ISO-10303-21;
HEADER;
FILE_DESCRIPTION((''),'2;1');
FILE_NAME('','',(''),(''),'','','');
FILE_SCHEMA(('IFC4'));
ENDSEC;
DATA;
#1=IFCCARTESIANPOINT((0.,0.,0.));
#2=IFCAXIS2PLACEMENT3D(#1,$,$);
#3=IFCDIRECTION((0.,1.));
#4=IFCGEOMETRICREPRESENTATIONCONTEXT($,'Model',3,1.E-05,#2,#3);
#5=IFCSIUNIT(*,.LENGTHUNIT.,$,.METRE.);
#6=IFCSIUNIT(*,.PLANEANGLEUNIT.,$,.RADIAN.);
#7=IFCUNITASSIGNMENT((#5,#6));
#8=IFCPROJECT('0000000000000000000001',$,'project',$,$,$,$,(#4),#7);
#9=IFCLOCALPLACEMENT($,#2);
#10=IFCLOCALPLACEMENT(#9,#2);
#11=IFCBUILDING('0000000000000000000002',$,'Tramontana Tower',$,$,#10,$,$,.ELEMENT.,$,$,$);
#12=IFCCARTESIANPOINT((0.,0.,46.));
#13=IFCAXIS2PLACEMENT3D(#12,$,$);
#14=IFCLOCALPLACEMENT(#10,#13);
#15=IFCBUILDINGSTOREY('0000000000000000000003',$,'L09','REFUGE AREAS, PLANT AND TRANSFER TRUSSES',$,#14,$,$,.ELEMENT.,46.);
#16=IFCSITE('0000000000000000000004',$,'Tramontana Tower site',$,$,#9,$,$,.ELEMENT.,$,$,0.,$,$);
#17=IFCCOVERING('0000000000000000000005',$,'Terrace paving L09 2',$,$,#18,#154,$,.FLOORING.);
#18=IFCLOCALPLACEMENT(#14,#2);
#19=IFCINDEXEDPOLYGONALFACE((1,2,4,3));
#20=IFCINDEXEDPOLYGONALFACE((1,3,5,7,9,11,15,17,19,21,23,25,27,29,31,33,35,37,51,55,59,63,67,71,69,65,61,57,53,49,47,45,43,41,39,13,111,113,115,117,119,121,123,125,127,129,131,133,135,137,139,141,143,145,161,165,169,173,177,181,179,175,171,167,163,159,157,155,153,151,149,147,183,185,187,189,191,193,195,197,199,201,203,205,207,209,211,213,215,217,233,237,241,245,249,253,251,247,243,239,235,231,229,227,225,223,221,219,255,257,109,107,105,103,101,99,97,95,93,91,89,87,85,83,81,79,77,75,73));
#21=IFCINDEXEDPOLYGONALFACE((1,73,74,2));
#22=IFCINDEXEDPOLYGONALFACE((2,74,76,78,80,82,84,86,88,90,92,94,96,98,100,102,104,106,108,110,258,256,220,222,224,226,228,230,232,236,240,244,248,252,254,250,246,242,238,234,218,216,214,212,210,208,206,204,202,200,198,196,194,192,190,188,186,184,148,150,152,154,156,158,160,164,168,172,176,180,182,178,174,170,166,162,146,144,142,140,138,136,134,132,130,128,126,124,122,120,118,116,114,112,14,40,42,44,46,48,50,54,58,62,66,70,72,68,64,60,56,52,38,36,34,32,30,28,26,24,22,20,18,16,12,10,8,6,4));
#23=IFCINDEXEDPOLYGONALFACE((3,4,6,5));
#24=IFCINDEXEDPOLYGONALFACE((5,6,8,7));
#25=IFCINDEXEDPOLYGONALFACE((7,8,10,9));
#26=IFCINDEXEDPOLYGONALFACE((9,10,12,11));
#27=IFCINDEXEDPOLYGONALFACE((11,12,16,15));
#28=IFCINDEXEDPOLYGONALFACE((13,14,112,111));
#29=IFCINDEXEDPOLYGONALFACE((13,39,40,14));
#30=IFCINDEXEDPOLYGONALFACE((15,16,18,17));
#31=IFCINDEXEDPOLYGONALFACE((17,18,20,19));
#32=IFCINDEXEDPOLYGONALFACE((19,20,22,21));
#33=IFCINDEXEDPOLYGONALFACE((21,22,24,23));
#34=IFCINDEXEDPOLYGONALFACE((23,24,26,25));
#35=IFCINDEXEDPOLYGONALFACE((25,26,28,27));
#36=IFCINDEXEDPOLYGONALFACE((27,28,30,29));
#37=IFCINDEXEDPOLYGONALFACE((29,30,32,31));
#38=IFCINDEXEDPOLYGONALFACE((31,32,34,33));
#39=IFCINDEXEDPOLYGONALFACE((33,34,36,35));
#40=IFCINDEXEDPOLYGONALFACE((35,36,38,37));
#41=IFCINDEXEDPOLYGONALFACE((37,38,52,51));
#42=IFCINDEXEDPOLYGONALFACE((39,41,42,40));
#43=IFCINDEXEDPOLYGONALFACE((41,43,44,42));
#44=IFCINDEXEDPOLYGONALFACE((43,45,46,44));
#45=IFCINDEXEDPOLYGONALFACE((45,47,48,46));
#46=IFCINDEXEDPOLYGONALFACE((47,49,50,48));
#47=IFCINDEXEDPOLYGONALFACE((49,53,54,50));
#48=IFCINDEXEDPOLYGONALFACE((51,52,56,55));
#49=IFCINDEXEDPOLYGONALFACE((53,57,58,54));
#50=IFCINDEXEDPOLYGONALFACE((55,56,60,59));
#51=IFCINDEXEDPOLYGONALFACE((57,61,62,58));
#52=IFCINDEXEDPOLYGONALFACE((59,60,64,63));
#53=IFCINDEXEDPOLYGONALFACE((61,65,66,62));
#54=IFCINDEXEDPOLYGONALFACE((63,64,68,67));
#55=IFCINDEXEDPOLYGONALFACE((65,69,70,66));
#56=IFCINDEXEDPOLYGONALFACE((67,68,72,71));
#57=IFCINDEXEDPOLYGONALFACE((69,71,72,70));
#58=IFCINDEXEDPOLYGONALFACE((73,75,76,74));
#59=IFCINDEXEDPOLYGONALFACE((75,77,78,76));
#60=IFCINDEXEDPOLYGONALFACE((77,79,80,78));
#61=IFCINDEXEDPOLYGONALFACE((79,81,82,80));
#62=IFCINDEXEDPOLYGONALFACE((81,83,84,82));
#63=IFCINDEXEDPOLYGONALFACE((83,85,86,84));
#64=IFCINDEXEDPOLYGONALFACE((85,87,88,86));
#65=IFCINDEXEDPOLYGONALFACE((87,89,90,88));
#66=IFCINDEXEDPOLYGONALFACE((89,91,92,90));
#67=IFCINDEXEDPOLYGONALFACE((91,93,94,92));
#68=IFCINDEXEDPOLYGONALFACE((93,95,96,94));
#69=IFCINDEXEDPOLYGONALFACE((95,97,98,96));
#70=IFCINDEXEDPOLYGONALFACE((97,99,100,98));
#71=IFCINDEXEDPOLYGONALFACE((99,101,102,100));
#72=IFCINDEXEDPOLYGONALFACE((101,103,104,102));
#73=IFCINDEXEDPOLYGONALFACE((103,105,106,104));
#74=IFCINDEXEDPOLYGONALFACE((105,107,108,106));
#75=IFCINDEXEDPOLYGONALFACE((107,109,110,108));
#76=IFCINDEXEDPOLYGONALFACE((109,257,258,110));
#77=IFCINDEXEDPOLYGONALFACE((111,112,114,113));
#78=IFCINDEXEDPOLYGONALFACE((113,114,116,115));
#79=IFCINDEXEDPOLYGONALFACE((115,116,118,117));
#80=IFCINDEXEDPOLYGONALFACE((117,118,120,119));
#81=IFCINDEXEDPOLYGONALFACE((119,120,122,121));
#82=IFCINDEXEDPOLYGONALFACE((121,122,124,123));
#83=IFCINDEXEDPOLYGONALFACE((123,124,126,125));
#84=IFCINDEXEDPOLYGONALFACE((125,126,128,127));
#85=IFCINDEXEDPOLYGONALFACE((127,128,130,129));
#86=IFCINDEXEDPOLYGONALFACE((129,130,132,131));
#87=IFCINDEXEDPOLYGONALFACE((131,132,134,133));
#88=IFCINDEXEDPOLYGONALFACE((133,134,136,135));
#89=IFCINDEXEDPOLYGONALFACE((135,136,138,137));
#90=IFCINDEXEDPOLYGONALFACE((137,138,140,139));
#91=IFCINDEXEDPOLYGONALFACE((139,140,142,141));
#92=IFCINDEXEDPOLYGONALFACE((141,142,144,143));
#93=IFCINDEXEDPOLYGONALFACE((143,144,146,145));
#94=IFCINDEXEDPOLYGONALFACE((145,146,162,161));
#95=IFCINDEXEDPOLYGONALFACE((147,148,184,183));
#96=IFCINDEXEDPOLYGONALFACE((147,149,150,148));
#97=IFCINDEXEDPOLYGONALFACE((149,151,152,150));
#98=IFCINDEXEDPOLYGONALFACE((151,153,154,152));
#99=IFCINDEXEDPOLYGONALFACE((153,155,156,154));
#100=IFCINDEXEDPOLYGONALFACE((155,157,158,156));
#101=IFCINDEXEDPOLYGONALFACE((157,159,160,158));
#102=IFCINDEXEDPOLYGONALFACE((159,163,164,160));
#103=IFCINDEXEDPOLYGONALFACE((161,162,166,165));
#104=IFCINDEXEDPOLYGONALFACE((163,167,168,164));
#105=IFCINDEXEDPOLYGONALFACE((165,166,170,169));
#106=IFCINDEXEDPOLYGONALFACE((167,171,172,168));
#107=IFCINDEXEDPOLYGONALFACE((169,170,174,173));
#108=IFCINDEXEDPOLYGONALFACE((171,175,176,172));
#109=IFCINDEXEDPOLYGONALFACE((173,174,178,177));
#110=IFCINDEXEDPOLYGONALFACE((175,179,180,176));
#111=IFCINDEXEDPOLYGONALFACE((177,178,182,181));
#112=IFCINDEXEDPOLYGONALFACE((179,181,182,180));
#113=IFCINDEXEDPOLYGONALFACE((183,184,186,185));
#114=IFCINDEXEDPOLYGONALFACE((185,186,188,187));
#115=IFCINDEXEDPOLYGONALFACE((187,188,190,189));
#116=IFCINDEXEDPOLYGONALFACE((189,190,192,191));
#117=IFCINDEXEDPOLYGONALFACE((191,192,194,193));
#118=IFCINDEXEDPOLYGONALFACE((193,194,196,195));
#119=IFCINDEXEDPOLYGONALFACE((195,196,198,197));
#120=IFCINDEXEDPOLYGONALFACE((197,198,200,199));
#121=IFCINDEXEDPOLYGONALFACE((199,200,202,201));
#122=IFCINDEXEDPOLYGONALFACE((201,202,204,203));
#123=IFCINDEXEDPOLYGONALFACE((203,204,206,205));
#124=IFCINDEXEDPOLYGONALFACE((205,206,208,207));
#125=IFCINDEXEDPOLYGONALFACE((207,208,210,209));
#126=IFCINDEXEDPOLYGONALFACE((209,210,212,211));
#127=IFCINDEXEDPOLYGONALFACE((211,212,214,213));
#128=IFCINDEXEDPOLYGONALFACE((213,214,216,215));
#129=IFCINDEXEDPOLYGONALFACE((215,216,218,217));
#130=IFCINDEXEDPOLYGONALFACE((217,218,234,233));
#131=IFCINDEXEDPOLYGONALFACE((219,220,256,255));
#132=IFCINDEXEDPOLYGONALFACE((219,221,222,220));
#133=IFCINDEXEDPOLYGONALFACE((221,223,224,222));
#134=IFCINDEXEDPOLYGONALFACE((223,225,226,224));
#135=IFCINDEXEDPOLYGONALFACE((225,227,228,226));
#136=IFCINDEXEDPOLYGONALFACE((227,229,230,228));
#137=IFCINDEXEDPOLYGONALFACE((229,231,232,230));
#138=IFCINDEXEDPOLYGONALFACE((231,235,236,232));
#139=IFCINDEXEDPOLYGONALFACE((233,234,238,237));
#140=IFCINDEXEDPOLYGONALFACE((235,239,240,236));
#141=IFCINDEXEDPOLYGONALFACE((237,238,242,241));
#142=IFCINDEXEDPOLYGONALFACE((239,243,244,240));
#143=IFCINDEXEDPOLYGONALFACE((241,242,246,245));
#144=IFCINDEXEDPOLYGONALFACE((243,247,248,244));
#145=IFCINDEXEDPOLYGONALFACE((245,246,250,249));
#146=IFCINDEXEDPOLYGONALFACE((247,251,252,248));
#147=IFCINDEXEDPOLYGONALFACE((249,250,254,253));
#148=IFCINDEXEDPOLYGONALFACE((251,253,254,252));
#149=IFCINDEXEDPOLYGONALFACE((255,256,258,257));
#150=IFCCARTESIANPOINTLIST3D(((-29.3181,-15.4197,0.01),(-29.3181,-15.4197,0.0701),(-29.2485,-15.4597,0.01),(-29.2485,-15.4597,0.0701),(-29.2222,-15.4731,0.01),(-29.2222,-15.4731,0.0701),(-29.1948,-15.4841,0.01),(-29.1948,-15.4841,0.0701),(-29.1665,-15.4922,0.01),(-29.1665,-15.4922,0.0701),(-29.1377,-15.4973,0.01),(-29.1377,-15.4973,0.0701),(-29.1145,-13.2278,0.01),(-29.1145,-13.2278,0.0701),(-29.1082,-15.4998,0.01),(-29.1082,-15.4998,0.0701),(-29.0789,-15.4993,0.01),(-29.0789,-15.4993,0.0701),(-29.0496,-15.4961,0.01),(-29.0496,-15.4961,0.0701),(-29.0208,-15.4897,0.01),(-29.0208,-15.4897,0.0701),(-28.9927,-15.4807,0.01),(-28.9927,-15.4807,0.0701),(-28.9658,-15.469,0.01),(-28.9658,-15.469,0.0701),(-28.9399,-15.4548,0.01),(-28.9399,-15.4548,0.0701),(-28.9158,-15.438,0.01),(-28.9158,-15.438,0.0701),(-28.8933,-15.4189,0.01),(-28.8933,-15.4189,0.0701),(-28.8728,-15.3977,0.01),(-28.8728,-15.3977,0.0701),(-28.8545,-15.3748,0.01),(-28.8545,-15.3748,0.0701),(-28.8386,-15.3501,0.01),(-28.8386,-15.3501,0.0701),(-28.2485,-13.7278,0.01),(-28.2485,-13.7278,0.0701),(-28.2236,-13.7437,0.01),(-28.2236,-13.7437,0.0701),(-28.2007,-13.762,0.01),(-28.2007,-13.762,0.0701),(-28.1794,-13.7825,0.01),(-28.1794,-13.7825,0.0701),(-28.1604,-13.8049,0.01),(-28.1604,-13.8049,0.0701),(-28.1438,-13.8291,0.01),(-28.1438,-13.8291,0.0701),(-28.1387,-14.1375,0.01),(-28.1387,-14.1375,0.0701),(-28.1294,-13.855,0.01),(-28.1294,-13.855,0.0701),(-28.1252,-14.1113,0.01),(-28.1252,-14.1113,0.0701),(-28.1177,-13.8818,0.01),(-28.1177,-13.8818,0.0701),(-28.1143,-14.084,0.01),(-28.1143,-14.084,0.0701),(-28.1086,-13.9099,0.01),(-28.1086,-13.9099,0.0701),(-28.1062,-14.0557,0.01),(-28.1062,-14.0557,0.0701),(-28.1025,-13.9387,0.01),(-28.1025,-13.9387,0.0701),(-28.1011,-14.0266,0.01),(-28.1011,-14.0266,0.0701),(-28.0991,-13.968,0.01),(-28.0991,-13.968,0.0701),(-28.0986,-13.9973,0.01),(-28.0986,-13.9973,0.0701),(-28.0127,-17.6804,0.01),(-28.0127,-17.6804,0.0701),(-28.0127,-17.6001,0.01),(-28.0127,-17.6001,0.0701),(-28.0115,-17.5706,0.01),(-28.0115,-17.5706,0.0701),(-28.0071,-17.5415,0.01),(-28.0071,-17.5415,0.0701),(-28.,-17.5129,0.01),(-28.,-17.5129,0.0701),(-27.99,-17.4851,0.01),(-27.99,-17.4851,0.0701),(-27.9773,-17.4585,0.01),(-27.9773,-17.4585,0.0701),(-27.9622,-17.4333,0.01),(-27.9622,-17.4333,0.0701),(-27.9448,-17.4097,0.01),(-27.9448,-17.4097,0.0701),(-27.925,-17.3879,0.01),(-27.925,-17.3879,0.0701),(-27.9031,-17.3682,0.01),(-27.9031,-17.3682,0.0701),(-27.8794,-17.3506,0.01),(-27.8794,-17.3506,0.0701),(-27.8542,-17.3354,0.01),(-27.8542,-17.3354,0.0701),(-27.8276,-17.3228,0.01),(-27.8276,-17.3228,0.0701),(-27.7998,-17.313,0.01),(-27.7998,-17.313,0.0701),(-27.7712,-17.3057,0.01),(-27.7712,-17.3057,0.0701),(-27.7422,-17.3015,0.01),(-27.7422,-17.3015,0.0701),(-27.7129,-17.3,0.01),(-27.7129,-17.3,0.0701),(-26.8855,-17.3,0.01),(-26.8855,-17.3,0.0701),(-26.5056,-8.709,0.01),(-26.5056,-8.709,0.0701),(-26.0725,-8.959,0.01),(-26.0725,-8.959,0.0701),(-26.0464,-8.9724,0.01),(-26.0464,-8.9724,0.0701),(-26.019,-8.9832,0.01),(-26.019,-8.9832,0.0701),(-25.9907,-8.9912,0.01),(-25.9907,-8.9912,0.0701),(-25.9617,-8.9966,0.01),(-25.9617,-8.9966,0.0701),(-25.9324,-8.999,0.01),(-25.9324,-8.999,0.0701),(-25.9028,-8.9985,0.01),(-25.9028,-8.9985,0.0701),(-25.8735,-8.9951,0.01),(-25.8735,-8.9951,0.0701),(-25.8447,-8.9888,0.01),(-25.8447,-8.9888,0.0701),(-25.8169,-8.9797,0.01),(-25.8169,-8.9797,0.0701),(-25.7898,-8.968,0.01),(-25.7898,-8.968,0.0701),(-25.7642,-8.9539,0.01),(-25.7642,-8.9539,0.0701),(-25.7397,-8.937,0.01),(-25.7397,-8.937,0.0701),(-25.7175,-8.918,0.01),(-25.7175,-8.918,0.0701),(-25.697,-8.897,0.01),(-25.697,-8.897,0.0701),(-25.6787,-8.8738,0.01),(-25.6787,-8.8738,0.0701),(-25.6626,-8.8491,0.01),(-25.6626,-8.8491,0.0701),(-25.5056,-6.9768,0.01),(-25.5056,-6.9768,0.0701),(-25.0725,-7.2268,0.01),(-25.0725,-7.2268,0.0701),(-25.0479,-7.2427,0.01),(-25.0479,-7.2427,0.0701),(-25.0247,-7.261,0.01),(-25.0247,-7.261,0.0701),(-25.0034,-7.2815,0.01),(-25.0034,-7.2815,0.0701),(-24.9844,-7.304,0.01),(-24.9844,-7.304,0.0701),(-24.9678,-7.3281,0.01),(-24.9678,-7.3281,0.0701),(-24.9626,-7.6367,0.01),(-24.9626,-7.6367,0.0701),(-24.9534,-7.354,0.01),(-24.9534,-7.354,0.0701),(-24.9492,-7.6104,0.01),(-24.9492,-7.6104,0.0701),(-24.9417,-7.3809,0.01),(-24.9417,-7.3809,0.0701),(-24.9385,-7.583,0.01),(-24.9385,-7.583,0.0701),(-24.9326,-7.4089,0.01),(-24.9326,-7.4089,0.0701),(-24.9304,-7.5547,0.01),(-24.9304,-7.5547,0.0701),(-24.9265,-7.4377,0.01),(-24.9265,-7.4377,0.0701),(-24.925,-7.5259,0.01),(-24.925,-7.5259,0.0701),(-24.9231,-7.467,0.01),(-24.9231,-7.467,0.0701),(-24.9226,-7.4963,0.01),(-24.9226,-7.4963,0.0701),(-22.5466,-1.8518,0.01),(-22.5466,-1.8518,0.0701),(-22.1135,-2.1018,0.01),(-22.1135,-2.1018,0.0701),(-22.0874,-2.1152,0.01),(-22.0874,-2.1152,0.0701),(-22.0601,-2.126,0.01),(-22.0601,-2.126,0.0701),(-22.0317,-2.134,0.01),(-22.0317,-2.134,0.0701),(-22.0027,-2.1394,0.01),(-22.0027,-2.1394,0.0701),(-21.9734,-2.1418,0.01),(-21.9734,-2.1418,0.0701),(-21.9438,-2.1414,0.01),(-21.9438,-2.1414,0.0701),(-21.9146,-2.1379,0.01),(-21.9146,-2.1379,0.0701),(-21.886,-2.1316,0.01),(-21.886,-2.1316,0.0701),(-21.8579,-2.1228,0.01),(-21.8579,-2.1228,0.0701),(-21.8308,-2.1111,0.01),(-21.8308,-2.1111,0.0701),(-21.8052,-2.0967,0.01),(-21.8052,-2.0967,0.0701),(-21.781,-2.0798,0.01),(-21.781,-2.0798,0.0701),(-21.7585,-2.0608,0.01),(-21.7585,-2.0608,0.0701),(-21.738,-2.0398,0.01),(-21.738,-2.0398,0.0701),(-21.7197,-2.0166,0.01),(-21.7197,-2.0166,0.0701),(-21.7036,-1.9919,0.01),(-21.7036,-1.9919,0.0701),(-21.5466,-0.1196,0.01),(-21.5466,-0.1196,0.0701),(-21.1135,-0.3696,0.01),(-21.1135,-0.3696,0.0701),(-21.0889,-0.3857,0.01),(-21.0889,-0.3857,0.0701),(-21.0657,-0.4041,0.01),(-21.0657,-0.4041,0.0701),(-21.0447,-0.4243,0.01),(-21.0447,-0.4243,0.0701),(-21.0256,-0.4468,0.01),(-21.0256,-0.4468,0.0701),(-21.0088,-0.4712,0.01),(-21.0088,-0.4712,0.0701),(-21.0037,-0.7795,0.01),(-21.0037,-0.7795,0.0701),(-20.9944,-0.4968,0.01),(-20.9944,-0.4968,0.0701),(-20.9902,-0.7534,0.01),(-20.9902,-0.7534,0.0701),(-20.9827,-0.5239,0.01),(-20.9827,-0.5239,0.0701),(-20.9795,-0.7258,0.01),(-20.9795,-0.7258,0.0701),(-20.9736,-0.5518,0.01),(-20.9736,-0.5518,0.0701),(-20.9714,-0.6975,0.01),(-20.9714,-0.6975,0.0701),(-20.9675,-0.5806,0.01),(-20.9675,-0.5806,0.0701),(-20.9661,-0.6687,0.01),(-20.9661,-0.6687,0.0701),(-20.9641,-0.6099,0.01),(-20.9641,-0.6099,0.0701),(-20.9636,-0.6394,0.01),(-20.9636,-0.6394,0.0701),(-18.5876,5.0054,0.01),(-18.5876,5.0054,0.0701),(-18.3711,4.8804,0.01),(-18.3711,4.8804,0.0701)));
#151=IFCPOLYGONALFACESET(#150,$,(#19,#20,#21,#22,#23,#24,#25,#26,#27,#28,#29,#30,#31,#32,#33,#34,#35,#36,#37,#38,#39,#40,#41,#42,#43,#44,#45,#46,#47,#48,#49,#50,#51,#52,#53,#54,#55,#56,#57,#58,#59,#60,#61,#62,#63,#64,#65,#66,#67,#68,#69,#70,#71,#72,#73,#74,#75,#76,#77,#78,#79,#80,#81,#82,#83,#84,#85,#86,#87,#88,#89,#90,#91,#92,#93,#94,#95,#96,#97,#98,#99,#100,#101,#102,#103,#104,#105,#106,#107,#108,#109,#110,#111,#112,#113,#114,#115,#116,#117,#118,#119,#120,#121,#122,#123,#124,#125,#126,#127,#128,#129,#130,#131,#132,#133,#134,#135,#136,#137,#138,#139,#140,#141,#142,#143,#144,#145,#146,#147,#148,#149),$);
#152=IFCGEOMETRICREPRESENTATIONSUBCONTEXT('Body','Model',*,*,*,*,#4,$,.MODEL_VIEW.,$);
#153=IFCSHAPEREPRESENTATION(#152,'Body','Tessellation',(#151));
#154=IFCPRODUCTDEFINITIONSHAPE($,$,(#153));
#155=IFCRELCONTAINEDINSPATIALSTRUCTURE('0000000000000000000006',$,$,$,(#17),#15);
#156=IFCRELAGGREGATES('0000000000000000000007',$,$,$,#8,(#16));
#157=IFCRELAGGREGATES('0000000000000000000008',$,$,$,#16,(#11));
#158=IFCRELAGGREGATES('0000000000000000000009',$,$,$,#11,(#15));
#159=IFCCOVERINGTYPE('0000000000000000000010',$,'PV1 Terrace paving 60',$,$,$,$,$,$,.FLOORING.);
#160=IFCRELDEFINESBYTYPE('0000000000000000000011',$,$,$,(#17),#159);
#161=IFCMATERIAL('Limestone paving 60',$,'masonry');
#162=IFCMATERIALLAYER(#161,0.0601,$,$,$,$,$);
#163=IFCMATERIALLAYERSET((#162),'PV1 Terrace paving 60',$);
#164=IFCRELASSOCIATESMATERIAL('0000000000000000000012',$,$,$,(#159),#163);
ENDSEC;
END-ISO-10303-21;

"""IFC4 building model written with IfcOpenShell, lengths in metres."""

from ifc_helpers import new_model, si_unit, direction, frame, origin, place, context, subcontext, project, spatial, polyline, outline, extrude, material, layer, layer_set, type_object, element, save


model = new_model("IFC4")

# Units and contexts
model_context = context("Model", 3, precision=1e-05, world=origin(), true_north=direction((0.0, 1.0)))
body_context = subcontext(model_context, "Body", "Model", "MODEL_VIEW")
ifc_project = project(units=[si_unit("LENGTHUNIT", "METRE"), si_unit("PLANEANGLEUNIT", "RADIAN")], contexts=[model_context])

# Site, building, storey
site_placement = place(None, origin())
site = spatial("IfcSite", under=ifc_project, at=site_placement, Name="Tramontana Tower site", CompositionType="ELEMENT", RefElevation=0.0)
building_placement = place(site_placement, origin())
building = spatial("IfcBuilding", under=site, at=building_placement, Name="Tramontana Tower", CompositionType="ELEMENT")
storey_placement = place(building_placement, frame((0.0, 0.0, 46.0)))
storey = spatial("IfcBuildingStorey", under=building, at=storey_placement, Name="L09", Description="REFUGE AREAS, PLANT AND TRANSFER TRUSSES", CompositionType="ELEMENT", Elevation=46.0)

# Covering
ifc_material_1 = material(Name="Limestone paving 60", Category="masonry")
ifc_layer_1 = layer(ifc_material_1, 0.0601)
ifc_layer_set_1 = layer_set([ifc_layer_1], Name="PV1 Terrace paving 60")
covering_type_1 = type_object("IfcCoveringType", Name="PV1 Terrace paving 60", PredefinedType="FLOORING", material=ifc_layer_set_1)
covering_1_placement = place(storey_placement, frame((0.0, 0.0, 0.01)))
element("IfcCovering", 1, at=covering_1_placement, inside=storey, type_object=covering_type_1, Name="Terrace paving L09 2", PredefinedType="FLOORING", context=body_context, shape_type="SweptSolid", body=[
    extrude(outline(polyline([(-29.3181, -15.4197), (-29.2485, -15.4597), (-29.2222, -15.4731), (-29.1948, -15.4841), (-29.1665, -15.4922), (-29.1377, -15.4973), (-29.1082, -15.4998), (-29.0789, -15.4993), (-29.0496, -15.4961), (-29.0208, -15.4897), (-28.9927, -15.4807), (-28.9658, -15.469), (-28.9399, -15.4548), (-28.9158, -15.438), (-28.8933, -15.4189), (-28.8728, -15.3977), (-28.8545, -15.3748), (-28.8386, -15.3501), (-28.1387, -14.1375), (-28.1252, -14.1113), (-28.1143, -14.084), (-28.1062, -14.0557), (-28.1011, -14.0266), (-28.0986, -13.9973), (-28.0991, -13.968), (-28.1025, -13.9387), (-28.1086, -13.9099), (-28.1177, -13.8818), (-28.1294, -13.855), (-28.1438, -13.8291), (-28.1604, -13.8049), (-28.1794, -13.7825), (-28.2007, -13.762), (-28.2236, -13.7437), (-28.2485, -13.7278), (-29.1145, -13.2278), (-26.5056, -8.709), (-26.0725, -8.959), (-26.0464, -8.9724), (-26.019, -8.9832), (-25.9907, -8.9912), (-25.9617, -8.9966), (-25.9324, -8.999), (-25.9028, -8.9985), (-25.8735, -8.9951), (-25.8447, -8.9888), (-25.8169, -8.9797), (-25.7898, -8.968), (-25.7642, -8.9539), (-25.7397, -8.937), (-25.7175, -8.918), (-25.697, -8.897), (-25.6787, -8.8738), (-25.6626, -8.8491), (-24.9626, -7.6367), (-24.9492, -7.6104), (-24.9385, -7.583), (-24.9304, -7.5547), (-24.925, -7.5259), (-24.9226, -7.4963), (-24.9231, -7.467), (-24.9265, -7.4377), (-24.9326, -7.4089), (-24.9417, -7.3809), (-24.9534, -7.354), (-24.9678, -7.3281), (-24.9844, -7.304), (-25.0034, -7.2815), (-25.0247, -7.261), (-25.0479, -7.2427), (-25.0725, -7.2268), (-25.5056, -6.9768), (-22.5466, -1.8518), (-22.1135, -2.1018), (-22.0874, -2.1152), (-22.0601, -2.126), (-22.0317, -2.134), (-22.0027, -2.1394), (-21.9734, -2.1418), (-21.9438, -2.1414), (-21.9146, -2.1379), (-21.886, -2.1316), (-21.8579, -2.1228), (-21.8308, -2.1111), (-21.8052, -2.0967), (-21.781, -2.0798), (-21.7585, -2.0608), (-21.738, -2.0398), (-21.7197, -2.0166), (-21.7036, -1.9919), (-21.0037, -0.7795), (-20.9902, -0.7534), (-20.9795, -0.7258), (-20.9714, -0.6975), (-20.9661, -0.6687), (-20.9636, -0.6394), (-20.9641, -0.6099), (-20.9675, -0.5806), (-20.9736, -0.5518), (-20.9827, -0.5239), (-20.9944, -0.4968), (-21.0088, -0.4712), (-21.0256, -0.4468), (-21.0447, -0.4243), (-21.0657, -0.4041), (-21.0889, -0.3857), (-21.1135, -0.3696), (-21.5466, -0.1196), (-18.5876, 5.0054), (-18.3711, 4.8804), (-26.8855, -17.3), (-27.7129, -17.3), (-27.7422, -17.3015), (-27.7712, -17.3057), (-27.7998, -17.313), (-27.8276, -17.3228), (-27.8542, -17.3354), (-27.8794, -17.3506), (-27.9031, -17.3682), (-27.925, -17.3879), (-27.9448, -17.4097), (-27.9622, -17.4333), (-27.9773, -17.4585), (-27.99, -17.4851), (-28.0, -17.5129), (-28.0071, -17.5415), (-28.0115, -17.5706), (-28.0127, -17.6001), (-28.0127, -17.6804), (-29.3181, -15.4197)])), origin(), (0.0, 0.0, 1.0), 0.0601),
])

save(model, "model.ifc")
